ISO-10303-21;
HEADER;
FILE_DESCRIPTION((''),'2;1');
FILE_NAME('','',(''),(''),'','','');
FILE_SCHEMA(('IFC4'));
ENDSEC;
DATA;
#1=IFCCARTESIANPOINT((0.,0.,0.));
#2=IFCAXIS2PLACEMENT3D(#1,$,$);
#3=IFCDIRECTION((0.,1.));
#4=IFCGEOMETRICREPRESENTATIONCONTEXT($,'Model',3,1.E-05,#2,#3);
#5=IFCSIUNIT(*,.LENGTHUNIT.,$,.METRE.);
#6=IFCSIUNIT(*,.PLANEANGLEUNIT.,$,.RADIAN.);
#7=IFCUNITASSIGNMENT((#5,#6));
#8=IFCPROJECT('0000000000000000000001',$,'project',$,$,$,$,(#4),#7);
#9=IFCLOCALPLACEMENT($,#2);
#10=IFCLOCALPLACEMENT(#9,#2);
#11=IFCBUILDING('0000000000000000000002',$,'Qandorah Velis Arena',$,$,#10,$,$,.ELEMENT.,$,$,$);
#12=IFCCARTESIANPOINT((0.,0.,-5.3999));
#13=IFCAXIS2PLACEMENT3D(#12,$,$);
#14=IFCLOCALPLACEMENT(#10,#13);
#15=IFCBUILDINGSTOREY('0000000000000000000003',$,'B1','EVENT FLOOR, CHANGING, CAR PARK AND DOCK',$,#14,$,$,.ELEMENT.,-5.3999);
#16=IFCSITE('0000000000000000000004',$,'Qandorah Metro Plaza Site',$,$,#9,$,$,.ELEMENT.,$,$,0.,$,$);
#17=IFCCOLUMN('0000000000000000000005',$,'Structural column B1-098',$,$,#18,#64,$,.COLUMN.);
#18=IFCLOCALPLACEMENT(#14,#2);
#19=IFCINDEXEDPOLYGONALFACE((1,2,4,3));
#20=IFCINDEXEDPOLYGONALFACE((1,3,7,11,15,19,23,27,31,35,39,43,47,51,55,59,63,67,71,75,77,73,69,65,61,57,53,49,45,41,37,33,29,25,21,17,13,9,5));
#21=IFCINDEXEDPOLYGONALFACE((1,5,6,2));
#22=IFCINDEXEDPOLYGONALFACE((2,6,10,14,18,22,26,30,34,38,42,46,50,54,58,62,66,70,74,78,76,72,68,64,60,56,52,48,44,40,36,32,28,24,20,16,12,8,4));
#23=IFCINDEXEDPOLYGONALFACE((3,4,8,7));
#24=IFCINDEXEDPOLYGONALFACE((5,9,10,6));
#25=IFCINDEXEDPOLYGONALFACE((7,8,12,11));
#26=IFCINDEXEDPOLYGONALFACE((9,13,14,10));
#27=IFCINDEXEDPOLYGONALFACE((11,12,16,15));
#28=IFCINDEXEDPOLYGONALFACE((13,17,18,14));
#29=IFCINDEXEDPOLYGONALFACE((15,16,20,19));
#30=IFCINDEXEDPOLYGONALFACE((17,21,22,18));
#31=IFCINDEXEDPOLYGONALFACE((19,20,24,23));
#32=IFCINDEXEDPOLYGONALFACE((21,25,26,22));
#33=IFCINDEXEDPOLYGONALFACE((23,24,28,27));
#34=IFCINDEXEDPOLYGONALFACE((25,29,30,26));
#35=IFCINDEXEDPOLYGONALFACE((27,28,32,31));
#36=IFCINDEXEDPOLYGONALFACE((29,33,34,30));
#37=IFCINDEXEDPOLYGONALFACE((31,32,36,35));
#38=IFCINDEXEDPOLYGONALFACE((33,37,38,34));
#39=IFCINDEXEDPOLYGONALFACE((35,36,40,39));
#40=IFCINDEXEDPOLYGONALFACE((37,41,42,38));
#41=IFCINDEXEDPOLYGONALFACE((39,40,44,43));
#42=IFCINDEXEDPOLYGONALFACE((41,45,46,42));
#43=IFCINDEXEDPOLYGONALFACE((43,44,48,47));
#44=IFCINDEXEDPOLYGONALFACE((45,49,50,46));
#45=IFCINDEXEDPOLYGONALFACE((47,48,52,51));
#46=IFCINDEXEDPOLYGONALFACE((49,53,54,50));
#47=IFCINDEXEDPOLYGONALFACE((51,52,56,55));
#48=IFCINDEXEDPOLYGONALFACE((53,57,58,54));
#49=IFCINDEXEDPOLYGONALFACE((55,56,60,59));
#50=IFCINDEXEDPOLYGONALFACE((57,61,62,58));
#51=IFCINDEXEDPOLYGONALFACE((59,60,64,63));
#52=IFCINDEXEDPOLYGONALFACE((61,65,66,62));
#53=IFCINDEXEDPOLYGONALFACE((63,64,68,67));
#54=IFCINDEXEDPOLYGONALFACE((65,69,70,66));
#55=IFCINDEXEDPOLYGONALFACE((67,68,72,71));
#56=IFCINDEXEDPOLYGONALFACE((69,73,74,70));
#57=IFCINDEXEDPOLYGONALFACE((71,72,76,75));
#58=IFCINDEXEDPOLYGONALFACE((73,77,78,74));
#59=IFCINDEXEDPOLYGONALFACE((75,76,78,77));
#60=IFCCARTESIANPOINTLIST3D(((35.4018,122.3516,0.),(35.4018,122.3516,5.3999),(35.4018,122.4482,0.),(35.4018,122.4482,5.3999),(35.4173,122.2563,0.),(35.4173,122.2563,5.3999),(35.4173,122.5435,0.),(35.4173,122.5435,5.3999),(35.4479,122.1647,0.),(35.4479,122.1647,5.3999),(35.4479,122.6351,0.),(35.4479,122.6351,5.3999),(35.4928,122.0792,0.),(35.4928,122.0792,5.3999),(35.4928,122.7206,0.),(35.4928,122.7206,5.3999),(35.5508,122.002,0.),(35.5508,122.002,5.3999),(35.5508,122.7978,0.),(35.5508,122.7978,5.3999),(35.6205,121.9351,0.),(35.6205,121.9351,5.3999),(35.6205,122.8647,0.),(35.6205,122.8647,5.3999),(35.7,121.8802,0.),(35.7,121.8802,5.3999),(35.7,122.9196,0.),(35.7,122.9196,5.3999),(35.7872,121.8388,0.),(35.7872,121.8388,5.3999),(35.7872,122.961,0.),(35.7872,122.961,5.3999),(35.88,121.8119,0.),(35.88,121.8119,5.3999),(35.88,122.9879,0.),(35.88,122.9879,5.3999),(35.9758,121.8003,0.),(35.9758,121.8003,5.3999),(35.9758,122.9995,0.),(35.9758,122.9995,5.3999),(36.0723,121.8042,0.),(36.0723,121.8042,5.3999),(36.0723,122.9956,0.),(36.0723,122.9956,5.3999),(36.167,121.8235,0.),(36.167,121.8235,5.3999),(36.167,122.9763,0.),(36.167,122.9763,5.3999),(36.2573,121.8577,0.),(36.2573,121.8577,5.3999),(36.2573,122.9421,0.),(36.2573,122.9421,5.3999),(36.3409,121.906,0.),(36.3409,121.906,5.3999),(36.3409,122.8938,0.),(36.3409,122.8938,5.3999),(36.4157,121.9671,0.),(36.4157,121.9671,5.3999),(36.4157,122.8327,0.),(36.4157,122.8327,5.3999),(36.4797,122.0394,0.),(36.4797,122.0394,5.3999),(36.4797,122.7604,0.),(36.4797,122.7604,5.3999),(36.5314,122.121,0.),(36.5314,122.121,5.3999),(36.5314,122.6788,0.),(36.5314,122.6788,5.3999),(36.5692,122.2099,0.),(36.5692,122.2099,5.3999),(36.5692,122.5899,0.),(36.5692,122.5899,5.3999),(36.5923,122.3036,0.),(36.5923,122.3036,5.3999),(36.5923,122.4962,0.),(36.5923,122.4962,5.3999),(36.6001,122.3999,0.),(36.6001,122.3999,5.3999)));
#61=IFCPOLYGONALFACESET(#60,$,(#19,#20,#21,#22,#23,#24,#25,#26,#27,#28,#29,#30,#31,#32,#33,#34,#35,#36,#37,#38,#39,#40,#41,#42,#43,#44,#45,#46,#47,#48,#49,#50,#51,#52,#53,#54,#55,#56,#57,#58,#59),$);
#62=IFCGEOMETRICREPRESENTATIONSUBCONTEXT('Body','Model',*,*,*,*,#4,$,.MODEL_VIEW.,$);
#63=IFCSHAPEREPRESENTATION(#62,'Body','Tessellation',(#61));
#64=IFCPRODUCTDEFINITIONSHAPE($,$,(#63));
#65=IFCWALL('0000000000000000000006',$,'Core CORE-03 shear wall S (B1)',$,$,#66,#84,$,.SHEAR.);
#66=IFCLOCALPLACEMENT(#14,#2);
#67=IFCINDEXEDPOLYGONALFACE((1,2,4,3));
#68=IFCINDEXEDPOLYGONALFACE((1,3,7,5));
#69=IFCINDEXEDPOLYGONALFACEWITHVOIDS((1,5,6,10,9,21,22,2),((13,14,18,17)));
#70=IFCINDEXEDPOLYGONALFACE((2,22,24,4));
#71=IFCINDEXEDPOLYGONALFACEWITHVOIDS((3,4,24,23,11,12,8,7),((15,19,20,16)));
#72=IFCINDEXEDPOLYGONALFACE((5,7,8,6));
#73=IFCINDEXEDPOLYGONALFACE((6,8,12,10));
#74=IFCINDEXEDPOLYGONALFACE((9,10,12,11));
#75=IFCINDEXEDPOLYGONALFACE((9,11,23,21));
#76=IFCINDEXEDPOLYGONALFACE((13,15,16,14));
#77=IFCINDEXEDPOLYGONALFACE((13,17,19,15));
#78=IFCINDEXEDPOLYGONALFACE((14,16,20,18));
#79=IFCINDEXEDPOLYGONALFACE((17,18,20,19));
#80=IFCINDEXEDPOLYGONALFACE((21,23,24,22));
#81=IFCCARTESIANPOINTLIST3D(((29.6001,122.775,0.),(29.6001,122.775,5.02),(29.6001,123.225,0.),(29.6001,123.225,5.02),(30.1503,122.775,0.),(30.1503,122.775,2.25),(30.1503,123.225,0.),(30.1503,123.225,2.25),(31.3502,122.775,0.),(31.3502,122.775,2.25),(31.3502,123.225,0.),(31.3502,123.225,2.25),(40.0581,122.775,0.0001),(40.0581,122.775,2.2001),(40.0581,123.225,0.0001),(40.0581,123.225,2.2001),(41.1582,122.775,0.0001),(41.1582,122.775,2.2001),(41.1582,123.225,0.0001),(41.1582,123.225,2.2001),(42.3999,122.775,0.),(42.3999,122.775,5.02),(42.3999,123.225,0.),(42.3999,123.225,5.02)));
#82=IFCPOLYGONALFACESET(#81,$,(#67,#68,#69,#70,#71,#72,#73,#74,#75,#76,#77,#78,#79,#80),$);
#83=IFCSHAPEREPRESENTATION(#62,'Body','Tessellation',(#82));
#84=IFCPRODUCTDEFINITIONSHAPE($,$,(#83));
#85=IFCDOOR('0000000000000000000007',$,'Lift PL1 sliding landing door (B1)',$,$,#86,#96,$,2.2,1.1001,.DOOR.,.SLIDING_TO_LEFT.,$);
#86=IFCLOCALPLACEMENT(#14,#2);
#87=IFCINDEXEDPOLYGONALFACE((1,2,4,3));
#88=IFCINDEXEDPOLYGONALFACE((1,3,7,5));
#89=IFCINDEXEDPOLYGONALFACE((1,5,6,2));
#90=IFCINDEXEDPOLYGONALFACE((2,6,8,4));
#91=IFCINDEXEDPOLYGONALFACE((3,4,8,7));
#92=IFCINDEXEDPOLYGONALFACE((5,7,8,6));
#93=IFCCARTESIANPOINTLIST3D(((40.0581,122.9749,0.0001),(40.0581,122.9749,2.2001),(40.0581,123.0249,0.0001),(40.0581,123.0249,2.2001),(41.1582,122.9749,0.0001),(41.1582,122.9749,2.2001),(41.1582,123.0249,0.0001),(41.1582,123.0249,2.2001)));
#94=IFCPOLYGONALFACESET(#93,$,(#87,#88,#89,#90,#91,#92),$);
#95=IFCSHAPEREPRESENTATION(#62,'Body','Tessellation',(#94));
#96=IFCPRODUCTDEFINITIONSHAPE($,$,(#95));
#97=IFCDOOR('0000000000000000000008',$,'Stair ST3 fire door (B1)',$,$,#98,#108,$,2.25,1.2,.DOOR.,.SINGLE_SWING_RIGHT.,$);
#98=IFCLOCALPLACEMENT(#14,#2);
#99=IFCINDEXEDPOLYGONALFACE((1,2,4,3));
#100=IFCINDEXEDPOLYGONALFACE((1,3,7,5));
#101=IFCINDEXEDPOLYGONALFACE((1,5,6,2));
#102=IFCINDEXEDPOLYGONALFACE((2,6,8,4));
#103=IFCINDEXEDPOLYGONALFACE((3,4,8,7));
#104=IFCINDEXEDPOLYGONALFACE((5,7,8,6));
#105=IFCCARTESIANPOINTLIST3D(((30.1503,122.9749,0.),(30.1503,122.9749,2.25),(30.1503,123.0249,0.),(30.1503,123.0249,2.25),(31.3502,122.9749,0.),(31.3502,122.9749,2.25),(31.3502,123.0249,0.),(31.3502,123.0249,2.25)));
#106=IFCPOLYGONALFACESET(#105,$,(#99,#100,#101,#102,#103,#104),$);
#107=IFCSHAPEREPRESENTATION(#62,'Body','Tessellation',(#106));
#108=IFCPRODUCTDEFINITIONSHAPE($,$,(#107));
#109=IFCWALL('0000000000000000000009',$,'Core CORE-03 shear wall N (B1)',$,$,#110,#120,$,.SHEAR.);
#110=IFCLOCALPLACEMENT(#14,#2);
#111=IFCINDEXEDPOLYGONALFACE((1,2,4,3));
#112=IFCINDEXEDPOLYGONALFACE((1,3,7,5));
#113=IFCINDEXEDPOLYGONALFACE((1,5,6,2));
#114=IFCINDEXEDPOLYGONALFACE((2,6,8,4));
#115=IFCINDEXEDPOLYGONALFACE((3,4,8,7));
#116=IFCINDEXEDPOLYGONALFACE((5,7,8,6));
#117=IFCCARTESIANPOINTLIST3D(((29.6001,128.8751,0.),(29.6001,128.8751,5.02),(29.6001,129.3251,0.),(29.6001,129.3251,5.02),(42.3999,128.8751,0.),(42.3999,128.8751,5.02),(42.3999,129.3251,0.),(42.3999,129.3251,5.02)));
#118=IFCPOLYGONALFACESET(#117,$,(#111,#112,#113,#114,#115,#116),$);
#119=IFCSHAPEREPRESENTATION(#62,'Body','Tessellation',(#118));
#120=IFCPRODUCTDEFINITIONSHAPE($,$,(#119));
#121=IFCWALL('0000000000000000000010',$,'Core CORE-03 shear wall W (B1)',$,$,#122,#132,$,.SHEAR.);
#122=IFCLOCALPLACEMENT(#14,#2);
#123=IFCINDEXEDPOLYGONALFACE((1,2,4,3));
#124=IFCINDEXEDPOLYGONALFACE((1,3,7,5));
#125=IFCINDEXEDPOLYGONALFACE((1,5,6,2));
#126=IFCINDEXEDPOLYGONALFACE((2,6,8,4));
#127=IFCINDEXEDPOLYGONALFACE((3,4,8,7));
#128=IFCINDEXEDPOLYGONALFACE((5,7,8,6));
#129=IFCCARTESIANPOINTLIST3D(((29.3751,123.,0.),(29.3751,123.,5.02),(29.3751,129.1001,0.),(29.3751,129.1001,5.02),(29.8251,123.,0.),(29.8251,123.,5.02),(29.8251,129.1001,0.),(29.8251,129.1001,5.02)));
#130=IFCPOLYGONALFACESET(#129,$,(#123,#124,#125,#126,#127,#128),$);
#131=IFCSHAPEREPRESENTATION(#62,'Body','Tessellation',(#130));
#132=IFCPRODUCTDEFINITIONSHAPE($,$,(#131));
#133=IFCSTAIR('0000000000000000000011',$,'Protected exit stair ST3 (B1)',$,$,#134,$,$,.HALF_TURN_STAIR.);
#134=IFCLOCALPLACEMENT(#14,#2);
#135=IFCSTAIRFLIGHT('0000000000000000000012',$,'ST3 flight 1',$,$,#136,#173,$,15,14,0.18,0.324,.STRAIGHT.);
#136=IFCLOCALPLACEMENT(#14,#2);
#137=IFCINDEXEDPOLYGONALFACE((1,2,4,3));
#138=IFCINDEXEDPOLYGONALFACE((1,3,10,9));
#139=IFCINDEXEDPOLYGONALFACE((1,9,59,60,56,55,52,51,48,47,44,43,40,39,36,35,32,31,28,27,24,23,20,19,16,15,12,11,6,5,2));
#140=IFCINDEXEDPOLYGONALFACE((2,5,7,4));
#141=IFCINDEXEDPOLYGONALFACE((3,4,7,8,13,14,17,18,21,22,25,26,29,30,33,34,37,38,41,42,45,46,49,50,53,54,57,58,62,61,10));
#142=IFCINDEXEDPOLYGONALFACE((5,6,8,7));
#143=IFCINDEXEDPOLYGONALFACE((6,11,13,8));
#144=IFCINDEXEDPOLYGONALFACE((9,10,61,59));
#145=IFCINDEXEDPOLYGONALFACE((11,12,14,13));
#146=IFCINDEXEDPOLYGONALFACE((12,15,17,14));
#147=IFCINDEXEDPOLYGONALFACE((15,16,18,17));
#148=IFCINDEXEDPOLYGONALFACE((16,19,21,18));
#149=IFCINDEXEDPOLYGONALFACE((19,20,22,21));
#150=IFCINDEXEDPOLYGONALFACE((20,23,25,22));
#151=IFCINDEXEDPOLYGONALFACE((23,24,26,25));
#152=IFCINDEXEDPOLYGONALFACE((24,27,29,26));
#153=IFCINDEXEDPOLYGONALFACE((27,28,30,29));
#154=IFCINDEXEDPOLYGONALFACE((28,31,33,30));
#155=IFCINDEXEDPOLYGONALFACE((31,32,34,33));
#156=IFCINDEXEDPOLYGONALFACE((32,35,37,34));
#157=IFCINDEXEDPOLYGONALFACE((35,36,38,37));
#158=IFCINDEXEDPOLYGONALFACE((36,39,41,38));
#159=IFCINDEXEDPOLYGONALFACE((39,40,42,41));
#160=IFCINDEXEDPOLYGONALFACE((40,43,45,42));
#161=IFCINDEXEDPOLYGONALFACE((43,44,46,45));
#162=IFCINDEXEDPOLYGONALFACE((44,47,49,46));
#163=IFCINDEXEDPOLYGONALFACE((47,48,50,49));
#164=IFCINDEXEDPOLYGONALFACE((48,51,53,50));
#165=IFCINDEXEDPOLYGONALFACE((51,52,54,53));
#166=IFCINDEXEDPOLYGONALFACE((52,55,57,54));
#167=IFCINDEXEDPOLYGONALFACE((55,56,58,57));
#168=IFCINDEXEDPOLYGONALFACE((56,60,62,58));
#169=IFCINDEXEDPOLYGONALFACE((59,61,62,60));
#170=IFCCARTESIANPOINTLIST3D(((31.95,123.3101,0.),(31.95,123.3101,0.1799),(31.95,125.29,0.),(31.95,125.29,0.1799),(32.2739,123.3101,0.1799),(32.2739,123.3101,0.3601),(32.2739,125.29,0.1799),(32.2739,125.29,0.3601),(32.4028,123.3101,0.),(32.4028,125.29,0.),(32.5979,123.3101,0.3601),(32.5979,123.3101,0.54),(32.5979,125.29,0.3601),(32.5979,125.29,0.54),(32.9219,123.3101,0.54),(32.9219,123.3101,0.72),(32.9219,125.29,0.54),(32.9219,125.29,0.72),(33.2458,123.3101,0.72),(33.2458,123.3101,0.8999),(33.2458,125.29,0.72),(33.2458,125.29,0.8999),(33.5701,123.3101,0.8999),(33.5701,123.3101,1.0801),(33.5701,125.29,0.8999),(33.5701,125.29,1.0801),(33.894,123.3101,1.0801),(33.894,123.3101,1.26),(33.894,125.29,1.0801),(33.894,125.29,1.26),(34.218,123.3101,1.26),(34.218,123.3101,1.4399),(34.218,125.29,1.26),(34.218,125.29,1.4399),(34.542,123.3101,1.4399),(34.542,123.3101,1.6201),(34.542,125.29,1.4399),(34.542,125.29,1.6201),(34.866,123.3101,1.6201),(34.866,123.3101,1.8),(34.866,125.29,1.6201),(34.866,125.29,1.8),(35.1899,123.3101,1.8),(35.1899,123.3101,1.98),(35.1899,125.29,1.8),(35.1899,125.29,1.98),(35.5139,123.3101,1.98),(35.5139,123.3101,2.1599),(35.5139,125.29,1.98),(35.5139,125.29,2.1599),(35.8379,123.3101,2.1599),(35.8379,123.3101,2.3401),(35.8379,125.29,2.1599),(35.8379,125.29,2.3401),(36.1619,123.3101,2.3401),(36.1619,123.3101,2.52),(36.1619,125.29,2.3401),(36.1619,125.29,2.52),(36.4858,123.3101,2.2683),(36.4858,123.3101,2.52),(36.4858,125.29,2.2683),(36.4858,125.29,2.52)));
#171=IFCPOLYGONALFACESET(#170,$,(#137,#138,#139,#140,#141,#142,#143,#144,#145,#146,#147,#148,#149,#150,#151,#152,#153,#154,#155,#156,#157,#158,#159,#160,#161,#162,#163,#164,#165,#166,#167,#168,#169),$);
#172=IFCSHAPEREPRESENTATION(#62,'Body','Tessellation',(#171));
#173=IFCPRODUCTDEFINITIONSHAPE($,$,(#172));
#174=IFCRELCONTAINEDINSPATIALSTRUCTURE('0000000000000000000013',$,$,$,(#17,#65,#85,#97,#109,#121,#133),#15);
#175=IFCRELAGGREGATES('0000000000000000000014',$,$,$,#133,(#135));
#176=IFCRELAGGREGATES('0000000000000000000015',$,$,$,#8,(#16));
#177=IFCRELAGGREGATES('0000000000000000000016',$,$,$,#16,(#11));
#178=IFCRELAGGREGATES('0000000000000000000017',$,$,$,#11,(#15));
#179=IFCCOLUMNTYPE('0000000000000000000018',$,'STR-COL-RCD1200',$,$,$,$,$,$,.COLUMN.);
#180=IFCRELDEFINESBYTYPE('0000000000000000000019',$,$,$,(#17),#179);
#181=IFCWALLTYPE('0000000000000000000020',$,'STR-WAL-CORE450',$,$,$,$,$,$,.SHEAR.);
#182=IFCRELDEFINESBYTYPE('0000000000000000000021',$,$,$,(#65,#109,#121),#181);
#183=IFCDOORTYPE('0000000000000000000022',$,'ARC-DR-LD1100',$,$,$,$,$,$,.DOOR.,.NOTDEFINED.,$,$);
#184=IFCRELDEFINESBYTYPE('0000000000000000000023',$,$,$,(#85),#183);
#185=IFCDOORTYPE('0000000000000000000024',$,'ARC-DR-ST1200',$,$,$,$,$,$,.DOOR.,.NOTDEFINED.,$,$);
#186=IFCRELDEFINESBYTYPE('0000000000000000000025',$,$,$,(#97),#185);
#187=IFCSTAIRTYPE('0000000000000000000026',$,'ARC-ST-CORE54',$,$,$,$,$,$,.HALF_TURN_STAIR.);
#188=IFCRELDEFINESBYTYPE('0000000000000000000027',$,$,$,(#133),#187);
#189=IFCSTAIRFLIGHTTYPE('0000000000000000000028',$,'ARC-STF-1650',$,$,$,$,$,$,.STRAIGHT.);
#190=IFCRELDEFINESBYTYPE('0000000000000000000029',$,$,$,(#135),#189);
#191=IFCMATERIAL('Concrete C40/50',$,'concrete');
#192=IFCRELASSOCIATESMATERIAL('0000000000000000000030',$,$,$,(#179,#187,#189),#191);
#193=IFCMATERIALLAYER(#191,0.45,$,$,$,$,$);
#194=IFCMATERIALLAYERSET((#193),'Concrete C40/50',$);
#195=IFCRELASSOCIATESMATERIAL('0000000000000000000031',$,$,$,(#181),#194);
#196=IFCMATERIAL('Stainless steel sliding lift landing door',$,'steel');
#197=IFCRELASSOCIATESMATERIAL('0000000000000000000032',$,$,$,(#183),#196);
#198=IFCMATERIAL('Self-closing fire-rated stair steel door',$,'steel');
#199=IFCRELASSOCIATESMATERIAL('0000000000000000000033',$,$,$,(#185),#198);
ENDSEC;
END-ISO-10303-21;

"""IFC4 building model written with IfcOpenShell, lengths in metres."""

from ifc_helpers import new_model, si_unit, direction, frame, frame_2d, origin, origin_2d, place, context, subcontext, project, spatial, polyline, rectangle, circle, outline, extrude, material, layer, layer_set, material_profile, profile_set, type_object, element, fill, aggregate, save


model = new_model("IFC4")

# Units and contexts
model_context = context("Model", 3, precision=1e-05, world=origin(), true_north=direction((0.0, 1.0)))
body_context = subcontext(model_context, "Body", "Model", "MODEL_VIEW")
ifc_project = project(units=[si_unit("LENGTHUNIT", "METRE"), si_unit("PLANEANGLEUNIT", "RADIAN")], contexts=[model_context])

# Site, building, storey
site_placement = place(None, origin())
site = spatial("IfcSite", under=ifc_project, at=site_placement, Name="Qandorah Metro Plaza Site", CompositionType="ELEMENT", RefElevation=0.0)
building_placement = place(site_placement, origin())
building = spatial("IfcBuilding", under=site, at=building_placement, Name="Qandorah Velis Arena", CompositionType="ELEMENT")
storey_placement = place(building_placement, frame((0.0, 0.0, -5.3999)))
storey = spatial("IfcBuildingStorey", under=building, at=storey_placement, Name="B1", Description="EVENT FLOOR, CHANGING, CAR PARK AND DOCK", CompositionType="ELEMENT", Elevation=-5.3999)

# Shared definitions
ifc_material_1 = material(Name="Concrete C40/50", Category="concrete")

# Column
ifc_material_profile_1 = material_profile(ifc_material_1, circle(Radius=0.6001, at=origin_2d()), Name="RC D1200")
ifc_profile_set_1 = profile_set([ifc_material_profile_1], Name="Concrete C40/50")
column_type_1 = type_object("IfcColumnType", Name="STR-COL-RCD1200", PredefinedType="COLUMN", material=ifc_profile_set_1)
for number, where, z_axis, x_axis, name in (
    (1, (36.0, 122.3999, 0.0), (0.0, 0.0, 1.0), (1.0, 0.0, 0.0), "Structural column B1-098"),
):
    element("IfcColumn", number, at=place(storey_placement, frame(where, z_axis=z_axis, x_axis=x_axis)), inside=storey, type_object=column_type_1, Name=name, PredefinedType="COLUMN", context=body_context, shape_type="SweptSolid", body=[
        extrude(circle(Radius=0.6001, at=origin_2d()), origin(), (0.0, 0.0, 1.0), 5.3999),
    ])

# Wall, openings, doors
ifc_layer = layer(ifc_material_1, 0.45)
ifc_layer_set = layer_set([ifc_layer], Name="Concrete C40/50")
wall_type = type_object("IfcWallType", Name="STR-WAL-CORE450", PredefinedType="SHEAR", material=ifc_layer_set)
wall_1_placement = place(storey_placement, frame((29.6001, 123.0, 0.0), z_axis=(0.0, 0.0, 1.0), x_axis=(1.0, 0.0, 0.0)))
wall_1 = element("IfcWall", 2, at=wall_1_placement, inside=storey, type_object=wall_type, Name="Core CORE-03 shear wall S (B1)", PredefinedType="SHEAR", context=body_context, shape_type="SweptSolid", body=[
    extrude(rectangle(XDim=12.7998, YDim=0.45, at=frame_2d((6.3999, 0.0))), origin(), (0.0, 0.0, 1.0), 5.02),
])
opening_1_placement = place(wall_1_placement, frame((0.55, 0.0, 0.0)))
opening_1 = element("IfcOpeningElement", 3, at=opening_1_placement, cuts=wall_1, PredefinedType="OPENING", context=body_context, shape_type="SweptSolid", body=[
    extrude(rectangle(XDim=1.2, YDim=2.25, at=frame_2d((0.6001, 1.125))), frame((0.0, 0.2349, 0.0), z_axis=(0.0, -1.0, 0.0), x_axis=(1.0, 0.0, 0.0)), (0.0, 0.0, 1.0), 0.47),
])
opening_2_placement = place(wall_1_placement, frame((10.458, 0.0, 0.0)))
opening_2 = element("IfcOpeningElement", 4, at=opening_2_placement, cuts=wall_1, PredefinedType="OPENING", context=body_context, shape_type="SweptSolid", body=[
    extrude(rectangle(XDim=1.1001, YDim=2.2, at=frame_2d((0.55, 1.1001))), frame((0.0, 0.2349, 0.0), z_axis=(0.0, -1.0, 0.0), x_axis=(1.0, 0.0, 0.0)), (0.0, 0.0, 1.0), 0.47),
])
ifc_material_2 = material(Name="Stainless steel sliding lift landing door", Category="steel")
door_type_1 = type_object("IfcDoorType", Name="ARC-DR-LD1100", OperationType="NOTDEFINED", PredefinedType="DOOR", material=ifc_material_2)
door_1_placement = place(opening_2_placement, origin())
door_1 = element("IfcDoor", 5, at=door_1_placement, inside=storey, type_object=door_type_1, Name="Lift PL1 sliding landing door (B1)", OperationType="SLIDING_TO_LEFT", OverallHeight=2.2, OverallWidth=1.1001, PredefinedType="DOOR", context=body_context, shape_type="SweptSolid", body=[
    extrude(rectangle(XDim=1.1001, YDim=2.2, at=frame_2d((0.55, 1.1001))), frame((0.0, 0.0249, 0.0), z_axis=(0.0, -1.0, 0.0), x_axis=(1.0, 0.0, 0.0)), (0.0, 0.0, 1.0), 0.05),
])
fill(opening_2, door_1)
ifc_material_3 = material(Name="Self-closing fire-rated stair steel door", Category="steel")
door_type_2 = type_object("IfcDoorType", Name="ARC-DR-ST1200", OperationType="NOTDEFINED", PredefinedType="DOOR", material=ifc_material_3)
door_2_placement = place(opening_1_placement, origin())
door_2 = element("IfcDoor", 6, at=door_2_placement, inside=storey, type_object=door_type_2, Name="Stair ST3 fire door (B1)", OperationType="SINGLE_SWING_RIGHT", OverallHeight=2.25, OverallWidth=1.2, PredefinedType="DOOR", context=body_context, shape_type="SweptSolid", body=[
    extrude(rectangle(XDim=1.2, YDim=2.25, at=frame_2d((0.6001, 1.125))), frame((0.0, 0.0249, 0.0), z_axis=(0.0, -1.0, 0.0), x_axis=(1.0, 0.0, 0.0)), (0.0, 0.0, 1.0), 0.05),
])
fill(opening_1, door_2)

# Walls
wall_2_placement = place(storey_placement, frame((29.6001, 129.1001, 0.0), z_axis=(0.0, 0.0, 1.0), x_axis=(1.0, 0.0, 0.0)))
element("IfcWall", 7, at=wall_2_placement, inside=storey, type_object=wall_type, Name="Core CORE-03 shear wall N (B1)", PredefinedType="SHEAR", context=body_context, shape_type="SweptSolid", body=[
    extrude(rectangle(XDim=12.7998, YDim=0.45, at=frame_2d((6.3999, 0.0))), origin(), (0.0, 0.0, 1.0), 5.02),
])
wall_3_placement = place(storey_placement, frame((29.6001, 123.0, 0.0), z_axis=(0.0, 0.0, 1.0), x_axis=(0.0, 1.0, 0.0)))
element("IfcWall", 8, at=wall_3_placement, inside=storey, type_object=wall_type, Name="Core CORE-03 shear wall W (B1)", PredefinedType="SHEAR", context=body_context, shape_type="SweptSolid", body=[
    extrude(rectangle(XDim=6.1001, YDim=0.45, at=frame_2d((3.05, 0.0))), origin(), (0.0, 0.0, 1.0), 5.02),
])

# Stair, stair flight
stair_type = type_object("IfcStairType", Name="ARC-ST-CORE54", PredefinedType="HALF_TURN_STAIR", material=ifc_material_1)
stair_placement = place(storey_placement, origin())
stair = element("IfcStair", 9, at=stair_placement, inside=storey, type_object=stair_type, Name="Protected exit stair ST3 (B1)", PredefinedType="HALF_TURN_STAIR")
stair_flight_type = type_object("IfcStairFlightType", Name="ARC-STF-1650", PredefinedType="STRAIGHT", material=ifc_material_1)
stair_flight_placement = place(storey_placement, frame((31.95, 124.3, 0.0), z_axis=(0.0, 0.0, 1.0), x_axis=(1.0, 0.0, 0.0)))
stair_flight = element("IfcStairFlight", 10, at=stair_flight_placement, type_object=stair_flight_type, Name="ST3 flight 1", NumberOfRisers=15, NumberOfTreads=14, PredefinedType="STRAIGHT", RiserHeight=0.18, TreadLength=0.324, context=body_context, shape_type="SweptSolid", body=[
    extrude(outline(polyline([(0.0, 0.0), (0.0, 0.1799), (0.324, 0.1799), (0.324, 0.3601), (0.6479, 0.3601), (0.6479, 0.54), (0.9719, 0.54), (0.9719, 0.72), (1.2959, 0.72), (1.2959, 0.8999), (1.6201, 0.8999), (1.6201, 1.0801), (1.9441, 1.0801), (1.9441, 1.26), (2.2681, 1.26), (2.2681, 1.4399), (2.592, 1.4399), (2.592, 1.6201), (2.916, 1.6201), (2.916, 1.8), (3.24, 1.8), (3.24, 1.98), (3.564, 1.98), (3.564, 2.1599), (3.8879, 2.1599), (3.8879, 2.3401), (4.2119, 2.3401), (4.2119, 2.52), (4.5359, 2.52), (4.5359, 2.7), (4.5359, 2.2683), (0.4529, 0.0), (0.0, 0.0)])), frame((0.0, 0.99, 0.0), z_axis=(0.0, -1.0, 0.0), x_axis=(1.0, 0.0, 0.0)), (0.0, 0.0, 1.0), 1.98),
])
aggregate(stair, [stair_flight])

save(model, "model.ifc")
